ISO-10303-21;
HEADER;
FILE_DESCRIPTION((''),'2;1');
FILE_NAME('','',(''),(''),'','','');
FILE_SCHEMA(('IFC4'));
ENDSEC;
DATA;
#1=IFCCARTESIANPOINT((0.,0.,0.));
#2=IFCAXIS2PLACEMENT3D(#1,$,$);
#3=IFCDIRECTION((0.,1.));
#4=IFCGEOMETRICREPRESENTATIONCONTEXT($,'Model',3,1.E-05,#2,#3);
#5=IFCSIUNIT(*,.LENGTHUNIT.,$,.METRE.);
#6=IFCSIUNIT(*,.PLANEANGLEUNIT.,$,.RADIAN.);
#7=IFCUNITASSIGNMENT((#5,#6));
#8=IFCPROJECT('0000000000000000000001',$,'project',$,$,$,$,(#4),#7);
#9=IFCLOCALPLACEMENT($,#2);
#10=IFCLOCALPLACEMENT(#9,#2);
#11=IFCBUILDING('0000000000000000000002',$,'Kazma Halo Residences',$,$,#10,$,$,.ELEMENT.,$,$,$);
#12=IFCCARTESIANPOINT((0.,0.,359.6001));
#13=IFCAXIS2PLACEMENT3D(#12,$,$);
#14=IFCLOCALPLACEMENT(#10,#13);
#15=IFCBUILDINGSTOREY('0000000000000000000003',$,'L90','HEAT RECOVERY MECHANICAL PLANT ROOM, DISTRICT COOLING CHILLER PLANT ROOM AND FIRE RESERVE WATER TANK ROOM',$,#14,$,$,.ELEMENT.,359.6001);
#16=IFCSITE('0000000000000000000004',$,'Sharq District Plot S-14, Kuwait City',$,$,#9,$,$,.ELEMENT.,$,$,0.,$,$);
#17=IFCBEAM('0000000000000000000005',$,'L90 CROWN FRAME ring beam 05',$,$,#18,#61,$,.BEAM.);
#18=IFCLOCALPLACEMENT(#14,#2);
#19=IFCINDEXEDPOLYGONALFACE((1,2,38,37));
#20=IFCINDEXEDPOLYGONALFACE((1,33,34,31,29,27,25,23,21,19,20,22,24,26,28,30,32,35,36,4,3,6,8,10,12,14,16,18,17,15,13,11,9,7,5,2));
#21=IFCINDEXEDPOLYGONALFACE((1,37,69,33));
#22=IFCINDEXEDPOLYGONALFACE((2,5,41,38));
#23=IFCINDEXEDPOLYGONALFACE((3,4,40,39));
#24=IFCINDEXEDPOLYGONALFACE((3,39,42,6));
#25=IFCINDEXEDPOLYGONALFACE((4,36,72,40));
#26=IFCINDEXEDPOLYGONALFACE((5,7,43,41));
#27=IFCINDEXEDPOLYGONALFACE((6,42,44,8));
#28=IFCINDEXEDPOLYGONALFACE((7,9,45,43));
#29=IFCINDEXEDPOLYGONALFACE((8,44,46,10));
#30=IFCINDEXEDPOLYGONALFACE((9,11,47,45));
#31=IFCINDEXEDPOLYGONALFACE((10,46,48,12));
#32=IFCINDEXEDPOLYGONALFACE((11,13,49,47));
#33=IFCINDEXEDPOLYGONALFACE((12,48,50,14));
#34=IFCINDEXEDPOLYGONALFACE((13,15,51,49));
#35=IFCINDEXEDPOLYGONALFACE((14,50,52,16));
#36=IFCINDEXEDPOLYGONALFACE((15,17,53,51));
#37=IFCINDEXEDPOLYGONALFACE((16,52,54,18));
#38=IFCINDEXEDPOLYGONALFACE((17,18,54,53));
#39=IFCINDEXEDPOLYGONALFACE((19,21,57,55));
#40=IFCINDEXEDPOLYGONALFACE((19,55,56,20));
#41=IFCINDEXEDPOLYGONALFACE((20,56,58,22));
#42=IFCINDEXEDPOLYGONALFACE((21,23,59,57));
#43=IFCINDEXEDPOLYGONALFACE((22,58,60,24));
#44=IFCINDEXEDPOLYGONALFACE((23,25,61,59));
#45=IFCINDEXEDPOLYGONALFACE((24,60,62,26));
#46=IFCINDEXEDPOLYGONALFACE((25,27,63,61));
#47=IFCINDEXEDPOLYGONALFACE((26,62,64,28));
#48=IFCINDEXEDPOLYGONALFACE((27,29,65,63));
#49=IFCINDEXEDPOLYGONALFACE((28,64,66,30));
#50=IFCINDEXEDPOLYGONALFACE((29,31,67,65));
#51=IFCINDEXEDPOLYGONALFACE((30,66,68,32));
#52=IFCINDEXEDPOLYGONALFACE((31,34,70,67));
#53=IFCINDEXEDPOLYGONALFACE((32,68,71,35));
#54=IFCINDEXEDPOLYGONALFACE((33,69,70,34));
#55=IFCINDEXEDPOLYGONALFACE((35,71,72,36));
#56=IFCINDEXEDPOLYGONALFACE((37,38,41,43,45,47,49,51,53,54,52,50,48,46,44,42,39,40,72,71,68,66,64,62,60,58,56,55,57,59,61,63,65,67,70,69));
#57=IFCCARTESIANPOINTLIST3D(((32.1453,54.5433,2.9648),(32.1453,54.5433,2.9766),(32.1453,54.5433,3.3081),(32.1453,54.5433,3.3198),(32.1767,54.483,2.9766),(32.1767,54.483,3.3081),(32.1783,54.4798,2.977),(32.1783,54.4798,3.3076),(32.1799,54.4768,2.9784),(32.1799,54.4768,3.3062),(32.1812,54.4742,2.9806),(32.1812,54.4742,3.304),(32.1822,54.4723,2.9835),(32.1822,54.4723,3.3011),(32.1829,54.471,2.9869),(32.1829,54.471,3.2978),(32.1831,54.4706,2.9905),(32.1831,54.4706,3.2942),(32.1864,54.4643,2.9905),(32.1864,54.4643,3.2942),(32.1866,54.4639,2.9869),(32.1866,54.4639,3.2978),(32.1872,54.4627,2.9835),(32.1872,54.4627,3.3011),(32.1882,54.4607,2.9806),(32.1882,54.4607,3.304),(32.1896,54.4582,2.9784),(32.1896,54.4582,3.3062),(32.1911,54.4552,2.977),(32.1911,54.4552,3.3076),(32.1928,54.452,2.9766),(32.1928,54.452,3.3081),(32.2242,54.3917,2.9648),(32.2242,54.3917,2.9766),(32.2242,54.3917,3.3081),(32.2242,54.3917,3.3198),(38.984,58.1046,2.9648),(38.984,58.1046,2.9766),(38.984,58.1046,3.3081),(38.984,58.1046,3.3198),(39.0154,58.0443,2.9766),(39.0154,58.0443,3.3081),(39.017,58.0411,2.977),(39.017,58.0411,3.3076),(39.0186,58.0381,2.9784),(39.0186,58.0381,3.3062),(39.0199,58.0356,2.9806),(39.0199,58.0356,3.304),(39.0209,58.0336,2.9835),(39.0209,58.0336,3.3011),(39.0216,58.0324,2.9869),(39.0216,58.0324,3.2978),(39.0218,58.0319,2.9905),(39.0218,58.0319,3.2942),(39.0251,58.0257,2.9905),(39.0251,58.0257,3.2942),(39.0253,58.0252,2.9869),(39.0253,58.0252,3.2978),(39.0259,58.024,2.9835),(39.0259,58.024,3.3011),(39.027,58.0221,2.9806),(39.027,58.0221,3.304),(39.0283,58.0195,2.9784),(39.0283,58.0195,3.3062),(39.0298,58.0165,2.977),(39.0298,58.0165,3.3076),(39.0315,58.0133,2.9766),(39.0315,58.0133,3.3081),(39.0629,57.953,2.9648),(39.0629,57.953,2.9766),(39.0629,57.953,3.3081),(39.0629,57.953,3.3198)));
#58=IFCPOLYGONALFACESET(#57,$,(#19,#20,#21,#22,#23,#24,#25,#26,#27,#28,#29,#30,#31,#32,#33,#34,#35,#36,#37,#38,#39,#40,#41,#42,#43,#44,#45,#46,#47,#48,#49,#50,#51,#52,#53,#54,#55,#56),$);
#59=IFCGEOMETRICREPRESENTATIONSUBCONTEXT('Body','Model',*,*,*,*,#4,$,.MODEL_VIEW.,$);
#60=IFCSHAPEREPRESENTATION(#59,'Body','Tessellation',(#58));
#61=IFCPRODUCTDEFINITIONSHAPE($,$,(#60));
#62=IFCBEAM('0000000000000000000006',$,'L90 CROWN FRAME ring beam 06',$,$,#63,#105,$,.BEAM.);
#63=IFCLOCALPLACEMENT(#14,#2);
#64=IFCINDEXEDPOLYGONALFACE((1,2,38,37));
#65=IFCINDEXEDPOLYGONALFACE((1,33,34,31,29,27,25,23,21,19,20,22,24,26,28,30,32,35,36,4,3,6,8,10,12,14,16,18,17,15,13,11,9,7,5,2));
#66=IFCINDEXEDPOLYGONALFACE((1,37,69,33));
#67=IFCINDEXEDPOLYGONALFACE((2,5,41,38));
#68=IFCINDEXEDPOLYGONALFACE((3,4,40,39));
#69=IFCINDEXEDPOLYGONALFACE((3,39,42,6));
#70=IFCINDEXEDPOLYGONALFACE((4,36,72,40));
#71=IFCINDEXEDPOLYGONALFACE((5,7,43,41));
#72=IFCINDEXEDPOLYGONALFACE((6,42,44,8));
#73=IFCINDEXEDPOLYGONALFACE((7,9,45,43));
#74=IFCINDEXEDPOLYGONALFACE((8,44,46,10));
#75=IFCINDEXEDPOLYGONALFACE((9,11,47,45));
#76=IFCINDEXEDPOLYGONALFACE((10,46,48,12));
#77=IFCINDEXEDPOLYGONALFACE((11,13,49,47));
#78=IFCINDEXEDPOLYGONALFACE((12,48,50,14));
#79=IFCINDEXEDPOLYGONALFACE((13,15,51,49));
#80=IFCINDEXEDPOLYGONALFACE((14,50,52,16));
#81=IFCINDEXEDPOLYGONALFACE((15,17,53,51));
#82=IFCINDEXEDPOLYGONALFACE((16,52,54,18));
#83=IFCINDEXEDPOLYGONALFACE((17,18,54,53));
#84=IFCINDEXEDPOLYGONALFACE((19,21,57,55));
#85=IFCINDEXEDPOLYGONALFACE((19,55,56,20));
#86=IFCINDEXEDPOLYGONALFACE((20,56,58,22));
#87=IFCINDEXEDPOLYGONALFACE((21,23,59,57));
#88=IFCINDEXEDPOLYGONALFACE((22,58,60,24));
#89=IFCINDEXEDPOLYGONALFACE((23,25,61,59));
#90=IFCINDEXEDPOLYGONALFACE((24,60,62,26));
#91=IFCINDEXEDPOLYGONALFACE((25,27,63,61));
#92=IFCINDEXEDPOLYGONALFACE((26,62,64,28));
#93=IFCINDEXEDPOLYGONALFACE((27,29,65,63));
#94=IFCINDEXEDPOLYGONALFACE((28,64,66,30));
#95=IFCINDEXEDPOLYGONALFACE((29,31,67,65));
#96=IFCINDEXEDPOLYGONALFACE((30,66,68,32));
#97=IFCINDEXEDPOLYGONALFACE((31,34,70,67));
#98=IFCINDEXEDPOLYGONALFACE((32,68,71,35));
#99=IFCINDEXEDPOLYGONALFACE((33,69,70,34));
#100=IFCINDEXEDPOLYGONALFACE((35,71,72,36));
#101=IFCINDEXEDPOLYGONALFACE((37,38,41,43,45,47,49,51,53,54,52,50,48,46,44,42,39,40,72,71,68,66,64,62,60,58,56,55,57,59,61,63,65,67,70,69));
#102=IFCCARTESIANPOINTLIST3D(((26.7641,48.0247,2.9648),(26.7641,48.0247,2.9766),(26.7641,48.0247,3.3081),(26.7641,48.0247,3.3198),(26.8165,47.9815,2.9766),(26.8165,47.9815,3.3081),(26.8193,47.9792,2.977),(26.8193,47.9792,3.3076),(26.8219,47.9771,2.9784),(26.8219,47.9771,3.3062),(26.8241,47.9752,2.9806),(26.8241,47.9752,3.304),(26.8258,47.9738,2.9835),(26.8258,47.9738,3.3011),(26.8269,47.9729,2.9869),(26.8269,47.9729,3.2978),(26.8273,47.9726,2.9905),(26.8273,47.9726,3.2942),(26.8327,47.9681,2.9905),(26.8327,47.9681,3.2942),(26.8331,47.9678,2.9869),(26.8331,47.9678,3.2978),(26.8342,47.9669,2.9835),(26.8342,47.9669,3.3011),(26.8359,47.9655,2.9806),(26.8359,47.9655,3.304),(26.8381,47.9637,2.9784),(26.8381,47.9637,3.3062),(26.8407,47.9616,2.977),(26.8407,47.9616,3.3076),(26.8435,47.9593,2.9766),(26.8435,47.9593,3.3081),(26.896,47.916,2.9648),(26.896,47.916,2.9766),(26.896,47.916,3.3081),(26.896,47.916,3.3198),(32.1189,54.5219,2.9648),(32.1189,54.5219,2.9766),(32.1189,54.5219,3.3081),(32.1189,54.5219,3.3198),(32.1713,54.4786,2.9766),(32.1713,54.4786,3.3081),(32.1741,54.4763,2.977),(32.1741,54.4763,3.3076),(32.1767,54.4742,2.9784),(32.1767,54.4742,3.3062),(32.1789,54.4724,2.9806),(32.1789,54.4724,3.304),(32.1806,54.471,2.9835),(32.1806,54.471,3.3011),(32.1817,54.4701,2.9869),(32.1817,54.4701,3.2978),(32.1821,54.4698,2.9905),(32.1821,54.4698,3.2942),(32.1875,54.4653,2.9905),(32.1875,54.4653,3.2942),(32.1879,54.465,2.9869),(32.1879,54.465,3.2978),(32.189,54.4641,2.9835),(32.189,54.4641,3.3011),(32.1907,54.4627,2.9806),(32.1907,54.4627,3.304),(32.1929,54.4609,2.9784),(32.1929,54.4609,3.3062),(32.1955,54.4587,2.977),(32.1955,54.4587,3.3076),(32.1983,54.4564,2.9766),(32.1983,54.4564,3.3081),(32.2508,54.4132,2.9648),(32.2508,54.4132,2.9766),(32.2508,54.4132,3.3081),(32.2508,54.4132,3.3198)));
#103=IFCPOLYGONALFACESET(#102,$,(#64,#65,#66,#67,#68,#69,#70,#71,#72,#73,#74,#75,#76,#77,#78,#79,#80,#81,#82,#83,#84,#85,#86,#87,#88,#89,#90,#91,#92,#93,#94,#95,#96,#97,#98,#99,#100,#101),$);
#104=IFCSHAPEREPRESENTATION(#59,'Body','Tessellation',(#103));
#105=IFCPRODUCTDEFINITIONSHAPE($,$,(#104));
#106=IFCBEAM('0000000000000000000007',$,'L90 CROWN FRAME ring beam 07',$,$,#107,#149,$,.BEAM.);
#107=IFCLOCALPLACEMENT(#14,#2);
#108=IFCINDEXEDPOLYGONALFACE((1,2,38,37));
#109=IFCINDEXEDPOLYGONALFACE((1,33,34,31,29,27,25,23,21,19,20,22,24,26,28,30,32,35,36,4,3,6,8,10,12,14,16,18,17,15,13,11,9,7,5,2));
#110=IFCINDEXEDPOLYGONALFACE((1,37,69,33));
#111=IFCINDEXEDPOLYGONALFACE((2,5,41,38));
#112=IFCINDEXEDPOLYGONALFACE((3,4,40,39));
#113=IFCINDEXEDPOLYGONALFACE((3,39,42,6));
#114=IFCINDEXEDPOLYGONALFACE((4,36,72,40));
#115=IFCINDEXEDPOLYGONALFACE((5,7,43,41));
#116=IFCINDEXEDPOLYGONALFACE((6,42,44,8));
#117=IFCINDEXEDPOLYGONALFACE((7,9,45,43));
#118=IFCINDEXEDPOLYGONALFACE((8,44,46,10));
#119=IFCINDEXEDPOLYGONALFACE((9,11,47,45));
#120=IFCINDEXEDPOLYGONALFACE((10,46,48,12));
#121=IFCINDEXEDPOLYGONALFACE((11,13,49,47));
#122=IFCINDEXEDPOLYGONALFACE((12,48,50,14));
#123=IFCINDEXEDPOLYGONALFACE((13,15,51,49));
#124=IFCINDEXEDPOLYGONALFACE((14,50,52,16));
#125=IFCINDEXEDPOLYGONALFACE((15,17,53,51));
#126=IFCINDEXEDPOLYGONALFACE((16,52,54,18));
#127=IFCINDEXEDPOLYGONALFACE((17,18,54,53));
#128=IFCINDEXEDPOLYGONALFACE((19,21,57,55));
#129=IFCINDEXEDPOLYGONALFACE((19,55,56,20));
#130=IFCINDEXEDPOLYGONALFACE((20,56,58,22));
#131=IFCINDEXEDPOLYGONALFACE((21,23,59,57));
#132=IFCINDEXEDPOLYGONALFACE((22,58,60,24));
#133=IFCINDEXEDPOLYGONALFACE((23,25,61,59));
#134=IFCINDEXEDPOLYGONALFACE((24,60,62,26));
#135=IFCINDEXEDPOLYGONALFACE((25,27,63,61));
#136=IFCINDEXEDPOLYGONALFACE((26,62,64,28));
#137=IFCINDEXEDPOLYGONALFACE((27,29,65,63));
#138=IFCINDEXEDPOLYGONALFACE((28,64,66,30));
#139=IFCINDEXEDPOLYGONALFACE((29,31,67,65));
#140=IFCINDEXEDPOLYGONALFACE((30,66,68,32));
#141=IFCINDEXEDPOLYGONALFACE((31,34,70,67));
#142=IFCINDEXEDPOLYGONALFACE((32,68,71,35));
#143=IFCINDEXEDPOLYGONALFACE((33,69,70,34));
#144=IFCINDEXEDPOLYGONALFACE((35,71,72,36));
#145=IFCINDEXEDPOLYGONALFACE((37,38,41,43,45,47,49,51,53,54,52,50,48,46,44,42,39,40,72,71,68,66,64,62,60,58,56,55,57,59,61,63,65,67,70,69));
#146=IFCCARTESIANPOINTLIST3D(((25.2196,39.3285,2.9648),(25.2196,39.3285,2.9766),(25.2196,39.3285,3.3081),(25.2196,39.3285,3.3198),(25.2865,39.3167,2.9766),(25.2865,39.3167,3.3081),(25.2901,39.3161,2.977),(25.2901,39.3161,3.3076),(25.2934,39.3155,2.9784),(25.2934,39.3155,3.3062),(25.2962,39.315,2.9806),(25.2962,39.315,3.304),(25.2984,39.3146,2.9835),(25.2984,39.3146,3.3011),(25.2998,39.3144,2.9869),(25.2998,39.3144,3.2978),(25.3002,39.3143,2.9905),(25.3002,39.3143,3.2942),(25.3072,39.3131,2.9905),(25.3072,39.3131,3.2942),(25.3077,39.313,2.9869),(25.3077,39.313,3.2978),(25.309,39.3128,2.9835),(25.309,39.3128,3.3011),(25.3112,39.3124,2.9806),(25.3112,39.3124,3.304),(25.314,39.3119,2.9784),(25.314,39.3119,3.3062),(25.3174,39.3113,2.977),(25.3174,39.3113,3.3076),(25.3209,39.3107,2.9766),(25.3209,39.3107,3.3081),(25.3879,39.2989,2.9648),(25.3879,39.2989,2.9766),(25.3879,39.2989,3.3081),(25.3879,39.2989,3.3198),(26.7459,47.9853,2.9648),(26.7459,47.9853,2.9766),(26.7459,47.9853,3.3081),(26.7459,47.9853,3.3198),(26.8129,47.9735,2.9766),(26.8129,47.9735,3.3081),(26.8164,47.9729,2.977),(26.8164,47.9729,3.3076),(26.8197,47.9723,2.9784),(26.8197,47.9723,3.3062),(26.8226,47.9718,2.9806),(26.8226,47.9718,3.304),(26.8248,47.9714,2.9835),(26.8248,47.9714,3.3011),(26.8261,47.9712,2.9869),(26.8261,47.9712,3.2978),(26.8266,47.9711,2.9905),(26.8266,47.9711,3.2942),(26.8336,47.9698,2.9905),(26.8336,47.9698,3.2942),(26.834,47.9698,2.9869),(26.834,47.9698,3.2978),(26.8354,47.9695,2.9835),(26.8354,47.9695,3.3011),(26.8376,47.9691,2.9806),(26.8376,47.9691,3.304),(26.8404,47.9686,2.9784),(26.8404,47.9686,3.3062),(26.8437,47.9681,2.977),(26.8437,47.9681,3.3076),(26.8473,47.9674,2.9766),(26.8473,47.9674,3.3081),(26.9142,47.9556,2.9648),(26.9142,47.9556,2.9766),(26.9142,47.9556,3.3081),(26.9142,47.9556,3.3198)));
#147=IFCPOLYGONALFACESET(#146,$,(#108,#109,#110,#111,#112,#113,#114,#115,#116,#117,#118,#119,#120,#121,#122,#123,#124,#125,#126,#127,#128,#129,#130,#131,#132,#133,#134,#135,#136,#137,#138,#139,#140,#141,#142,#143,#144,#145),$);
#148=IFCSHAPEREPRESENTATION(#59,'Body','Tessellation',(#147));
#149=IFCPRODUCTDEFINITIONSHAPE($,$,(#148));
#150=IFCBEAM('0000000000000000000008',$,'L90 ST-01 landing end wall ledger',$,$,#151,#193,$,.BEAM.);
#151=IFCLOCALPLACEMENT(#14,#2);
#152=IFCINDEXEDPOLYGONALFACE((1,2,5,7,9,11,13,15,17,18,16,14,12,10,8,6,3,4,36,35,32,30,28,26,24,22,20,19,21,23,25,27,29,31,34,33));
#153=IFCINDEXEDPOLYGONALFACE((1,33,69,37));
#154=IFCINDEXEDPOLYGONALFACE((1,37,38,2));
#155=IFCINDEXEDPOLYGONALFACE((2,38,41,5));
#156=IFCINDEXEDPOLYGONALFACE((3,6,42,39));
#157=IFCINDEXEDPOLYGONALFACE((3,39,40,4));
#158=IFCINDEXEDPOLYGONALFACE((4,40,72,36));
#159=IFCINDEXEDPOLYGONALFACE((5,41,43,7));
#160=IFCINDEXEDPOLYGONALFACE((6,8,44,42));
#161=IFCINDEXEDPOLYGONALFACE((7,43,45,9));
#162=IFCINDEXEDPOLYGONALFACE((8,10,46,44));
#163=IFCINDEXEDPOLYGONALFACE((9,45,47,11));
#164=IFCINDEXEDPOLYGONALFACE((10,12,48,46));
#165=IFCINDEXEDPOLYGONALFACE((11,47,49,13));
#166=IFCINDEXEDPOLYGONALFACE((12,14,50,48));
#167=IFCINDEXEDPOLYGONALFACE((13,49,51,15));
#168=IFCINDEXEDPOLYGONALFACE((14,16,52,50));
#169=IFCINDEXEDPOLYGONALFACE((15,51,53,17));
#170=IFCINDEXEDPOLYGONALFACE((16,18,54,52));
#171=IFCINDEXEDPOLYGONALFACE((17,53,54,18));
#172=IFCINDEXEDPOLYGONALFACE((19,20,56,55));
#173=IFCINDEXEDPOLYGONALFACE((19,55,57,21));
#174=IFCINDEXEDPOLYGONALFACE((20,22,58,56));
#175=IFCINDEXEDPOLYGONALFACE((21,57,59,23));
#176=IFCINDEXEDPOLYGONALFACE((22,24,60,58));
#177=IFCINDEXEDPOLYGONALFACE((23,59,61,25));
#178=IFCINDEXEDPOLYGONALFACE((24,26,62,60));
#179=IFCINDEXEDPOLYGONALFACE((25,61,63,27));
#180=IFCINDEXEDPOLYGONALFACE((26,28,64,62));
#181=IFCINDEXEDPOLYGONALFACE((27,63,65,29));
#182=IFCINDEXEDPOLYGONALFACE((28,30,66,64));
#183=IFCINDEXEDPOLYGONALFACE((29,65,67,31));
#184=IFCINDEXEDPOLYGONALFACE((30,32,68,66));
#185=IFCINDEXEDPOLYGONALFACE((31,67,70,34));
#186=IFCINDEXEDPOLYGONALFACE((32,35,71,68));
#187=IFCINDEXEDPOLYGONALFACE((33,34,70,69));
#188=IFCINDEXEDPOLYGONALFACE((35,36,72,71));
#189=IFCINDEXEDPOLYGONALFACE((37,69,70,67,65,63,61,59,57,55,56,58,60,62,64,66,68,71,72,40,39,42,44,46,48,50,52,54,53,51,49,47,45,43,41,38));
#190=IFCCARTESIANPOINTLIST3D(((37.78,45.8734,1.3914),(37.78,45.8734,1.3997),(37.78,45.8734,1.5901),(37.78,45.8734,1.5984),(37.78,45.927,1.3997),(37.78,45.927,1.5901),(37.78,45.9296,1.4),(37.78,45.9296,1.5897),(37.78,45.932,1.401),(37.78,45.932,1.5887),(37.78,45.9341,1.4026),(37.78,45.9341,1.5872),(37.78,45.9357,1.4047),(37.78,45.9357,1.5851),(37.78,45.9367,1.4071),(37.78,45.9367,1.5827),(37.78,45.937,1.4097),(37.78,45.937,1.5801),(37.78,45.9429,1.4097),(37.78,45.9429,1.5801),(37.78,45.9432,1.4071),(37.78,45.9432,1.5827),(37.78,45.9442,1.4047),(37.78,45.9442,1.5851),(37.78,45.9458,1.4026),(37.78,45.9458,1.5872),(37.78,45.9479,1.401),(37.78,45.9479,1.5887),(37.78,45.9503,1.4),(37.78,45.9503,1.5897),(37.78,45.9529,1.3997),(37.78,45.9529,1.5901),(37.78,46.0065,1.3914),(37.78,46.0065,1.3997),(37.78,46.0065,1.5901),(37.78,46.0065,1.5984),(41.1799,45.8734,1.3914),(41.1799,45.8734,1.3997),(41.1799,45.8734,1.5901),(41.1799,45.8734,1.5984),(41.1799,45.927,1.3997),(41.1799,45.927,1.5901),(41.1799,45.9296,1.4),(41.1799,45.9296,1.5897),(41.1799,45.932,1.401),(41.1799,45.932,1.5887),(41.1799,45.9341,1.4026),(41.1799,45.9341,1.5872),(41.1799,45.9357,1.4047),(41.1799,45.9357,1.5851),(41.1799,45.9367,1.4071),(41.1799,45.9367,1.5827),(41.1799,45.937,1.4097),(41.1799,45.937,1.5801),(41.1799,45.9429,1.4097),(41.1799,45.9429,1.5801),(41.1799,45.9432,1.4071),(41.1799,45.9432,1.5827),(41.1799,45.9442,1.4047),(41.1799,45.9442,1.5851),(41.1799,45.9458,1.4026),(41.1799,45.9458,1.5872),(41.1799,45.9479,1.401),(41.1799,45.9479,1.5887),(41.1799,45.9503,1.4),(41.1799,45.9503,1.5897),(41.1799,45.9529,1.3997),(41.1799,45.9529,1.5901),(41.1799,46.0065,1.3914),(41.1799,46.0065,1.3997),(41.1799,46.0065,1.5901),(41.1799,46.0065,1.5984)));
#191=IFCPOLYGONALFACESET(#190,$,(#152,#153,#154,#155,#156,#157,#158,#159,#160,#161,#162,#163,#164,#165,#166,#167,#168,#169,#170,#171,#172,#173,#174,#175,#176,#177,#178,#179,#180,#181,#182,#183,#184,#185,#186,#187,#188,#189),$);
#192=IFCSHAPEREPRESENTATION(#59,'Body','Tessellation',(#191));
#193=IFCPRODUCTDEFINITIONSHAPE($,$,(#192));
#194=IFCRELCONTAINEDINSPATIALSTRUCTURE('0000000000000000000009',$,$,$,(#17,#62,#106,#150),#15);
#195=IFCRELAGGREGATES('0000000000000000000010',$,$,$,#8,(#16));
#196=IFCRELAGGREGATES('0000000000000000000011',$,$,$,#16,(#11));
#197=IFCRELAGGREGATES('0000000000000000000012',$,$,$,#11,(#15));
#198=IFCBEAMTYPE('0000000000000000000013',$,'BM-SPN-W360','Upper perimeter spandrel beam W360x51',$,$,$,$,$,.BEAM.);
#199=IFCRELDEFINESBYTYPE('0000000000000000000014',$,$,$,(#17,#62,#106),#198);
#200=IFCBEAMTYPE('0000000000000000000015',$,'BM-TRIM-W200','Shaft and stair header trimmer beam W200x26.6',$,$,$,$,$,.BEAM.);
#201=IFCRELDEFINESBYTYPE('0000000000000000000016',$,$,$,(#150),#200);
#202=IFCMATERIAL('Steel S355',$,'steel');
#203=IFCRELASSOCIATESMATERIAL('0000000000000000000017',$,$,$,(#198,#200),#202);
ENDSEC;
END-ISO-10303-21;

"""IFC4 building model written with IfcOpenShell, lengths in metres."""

from ifc_helpers import new_model, si_unit, direction, frame, origin, origin_2d, place, context, subcontext, project, spatial, i_section, extrude, material, material_profile, profile_set, type_object, element, save


model = new_model("IFC4")

# Units and contexts
model_context = context("Model", 3, precision=1e-05, world=origin(), true_north=direction((0.0, 1.0)))
body_context = subcontext(model_context, "Body", "Model", "MODEL_VIEW")
ifc_project = project(units=[si_unit("LENGTHUNIT", "METRE"), si_unit("PLANEANGLEUNIT", "RADIAN")], contexts=[model_context])

# Site, building, storey
site_placement = place(None, origin())
site = spatial("IfcSite", under=ifc_project, at=site_placement, Name="Sharq District Plot S-14, Kuwait City", CompositionType="ELEMENT", RefElevation=0.0)
building_placement = place(site_placement, origin())
building = spatial("IfcBuilding", under=site, at=building_placement, Name="Kazma Halo Residences", CompositionType="ELEMENT")
storey_placement = place(building_placement, frame((0.0, 0.0, 359.6001)))
storey = spatial("IfcBuildingStorey", under=building, at=storey_placement, Name="L90", Description="HEAT RECOVERY MECHANICAL PLANT ROOM, DISTRICT COOLING CHILLER PLANT ROOM AND FIRE RESERVE WATER TANK ROOM", CompositionType="ELEMENT", Elevation=359.6001)

# Shared definitions
ifc_material_1 = material(Name="Steel S355", Category="steel")

# Beams
ifc_material_profile_1 = material_profile(ifc_material_1, i_section(OverallWidth=0.1709, OverallDepth=0.355, WebThickness=0.0071, FlangeThickness=0.0117, FilletRadius=0.0139, at=origin_2d()), Name="W360x51")
ifc_profile_set_1 = profile_set([ifc_material_profile_1], Name="Steel S355")
beam_type_1 = type_object("IfcBeamType", Name="BM-SPN-W360", Description="Upper perimeter spandrel beam W360x51", PredefinedType="BEAM", material=ifc_profile_set_1)
beam_1_placement = place(storey_placement, frame((39.0234, 58.0288, 3.1423), z_axis=(-0.886941, -0.461883, 0.0), x_axis=(0.461883, -0.886941, 0.0)))
element("IfcBeam", 1, at=beam_1_placement, inside=storey, type_object=beam_type_1, Name="L90 CROWN FRAME ring beam 05", PredefinedType="BEAM", context=body_context, shape_type="SweptSolid", body=[
    extrude(i_section(OverallWidth=0.1709, OverallDepth=0.355, WebThickness=0.0071, FlangeThickness=0.0117, FilletRadius=0.0139, at=origin_2d()), origin(), (0.0, 0.0, 1.0), 7.7104),
])
beam_2_placement = place(storey_placement, frame((32.1848, 54.4675, 3.1423), z_axis=(-0.636005, -0.771685, 0.0), x_axis=(0.771685, -0.636005, 0.0)))
element("IfcBeam", 2, at=beam_2_placement, inside=storey, type_object=beam_type_1, Name="L90 CROWN FRAME ring beam 06", PredefinedType="BEAM", context=body_context, shape_type="SweptSolid", body=[
    extrude(i_section(OverallWidth=0.1709, OverallDepth=0.355, WebThickness=0.0071, FlangeThickness=0.0117, FilletRadius=0.0139, at=origin_2d()), origin(), (0.0, 0.0, 1.0), 8.4194),
])
beam_3_placement = place(storey_placement, frame((26.8301, 47.9705, 3.1423), z_axis=(-0.173643, -0.984809, 0.0), x_axis=(0.984809, -0.173643, 0.0)))
element("IfcBeam", 3, at=beam_3_placement, inside=storey, type_object=beam_type_1, Name="L90 CROWN FRAME ring beam 07", PredefinedType="BEAM", context=body_context, shape_type="SweptSolid", body=[
    extrude(i_section(OverallWidth=0.1709, OverallDepth=0.355, WebThickness=0.0071, FlangeThickness=0.0117, FilletRadius=0.0139, at=origin_2d()), origin(), (0.0, 0.0, 1.0), 8.7903),
])
ifc_material_profile_2 = material_profile(ifc_material_1, i_section(OverallWidth=0.1331, OverallDepth=0.207, WebThickness=0.0059, FlangeThickness=0.0083, FilletRadius=0.01, at=origin_2d()), Name="W200x26.6")
ifc_profile_set_2 = profile_set([ifc_material_profile_2], Name="Steel S355")
beam_type_2 = type_object("IfcBeamType", Name="BM-TRIM-W200", Description="Shaft and stair header trimmer beam W200x26.6", PredefinedType="BEAM", material=ifc_profile_set_2)
beam_4_placement = place(storey_placement, frame((37.78, 45.9399, 1.4949), z_axis=(1.0, 0.0, 0.0), x_axis=(0.0, 1.0, 0.0)))
element("IfcBeam", 4, at=beam_4_placement, inside=storey, type_object=beam_type_2, Name="L90 ST-01 landing end wall ledger", PredefinedType="BEAM", context=body_context, shape_type="SweptSolid", body=[
    extrude(i_section(OverallWidth=0.1331, OverallDepth=0.207, WebThickness=0.0059, FlangeThickness=0.0083, FilletRadius=0.01, at=origin_2d()), origin(), (0.0, 0.0, 1.0), 3.3999),
])

save(model, "model.ifc")
